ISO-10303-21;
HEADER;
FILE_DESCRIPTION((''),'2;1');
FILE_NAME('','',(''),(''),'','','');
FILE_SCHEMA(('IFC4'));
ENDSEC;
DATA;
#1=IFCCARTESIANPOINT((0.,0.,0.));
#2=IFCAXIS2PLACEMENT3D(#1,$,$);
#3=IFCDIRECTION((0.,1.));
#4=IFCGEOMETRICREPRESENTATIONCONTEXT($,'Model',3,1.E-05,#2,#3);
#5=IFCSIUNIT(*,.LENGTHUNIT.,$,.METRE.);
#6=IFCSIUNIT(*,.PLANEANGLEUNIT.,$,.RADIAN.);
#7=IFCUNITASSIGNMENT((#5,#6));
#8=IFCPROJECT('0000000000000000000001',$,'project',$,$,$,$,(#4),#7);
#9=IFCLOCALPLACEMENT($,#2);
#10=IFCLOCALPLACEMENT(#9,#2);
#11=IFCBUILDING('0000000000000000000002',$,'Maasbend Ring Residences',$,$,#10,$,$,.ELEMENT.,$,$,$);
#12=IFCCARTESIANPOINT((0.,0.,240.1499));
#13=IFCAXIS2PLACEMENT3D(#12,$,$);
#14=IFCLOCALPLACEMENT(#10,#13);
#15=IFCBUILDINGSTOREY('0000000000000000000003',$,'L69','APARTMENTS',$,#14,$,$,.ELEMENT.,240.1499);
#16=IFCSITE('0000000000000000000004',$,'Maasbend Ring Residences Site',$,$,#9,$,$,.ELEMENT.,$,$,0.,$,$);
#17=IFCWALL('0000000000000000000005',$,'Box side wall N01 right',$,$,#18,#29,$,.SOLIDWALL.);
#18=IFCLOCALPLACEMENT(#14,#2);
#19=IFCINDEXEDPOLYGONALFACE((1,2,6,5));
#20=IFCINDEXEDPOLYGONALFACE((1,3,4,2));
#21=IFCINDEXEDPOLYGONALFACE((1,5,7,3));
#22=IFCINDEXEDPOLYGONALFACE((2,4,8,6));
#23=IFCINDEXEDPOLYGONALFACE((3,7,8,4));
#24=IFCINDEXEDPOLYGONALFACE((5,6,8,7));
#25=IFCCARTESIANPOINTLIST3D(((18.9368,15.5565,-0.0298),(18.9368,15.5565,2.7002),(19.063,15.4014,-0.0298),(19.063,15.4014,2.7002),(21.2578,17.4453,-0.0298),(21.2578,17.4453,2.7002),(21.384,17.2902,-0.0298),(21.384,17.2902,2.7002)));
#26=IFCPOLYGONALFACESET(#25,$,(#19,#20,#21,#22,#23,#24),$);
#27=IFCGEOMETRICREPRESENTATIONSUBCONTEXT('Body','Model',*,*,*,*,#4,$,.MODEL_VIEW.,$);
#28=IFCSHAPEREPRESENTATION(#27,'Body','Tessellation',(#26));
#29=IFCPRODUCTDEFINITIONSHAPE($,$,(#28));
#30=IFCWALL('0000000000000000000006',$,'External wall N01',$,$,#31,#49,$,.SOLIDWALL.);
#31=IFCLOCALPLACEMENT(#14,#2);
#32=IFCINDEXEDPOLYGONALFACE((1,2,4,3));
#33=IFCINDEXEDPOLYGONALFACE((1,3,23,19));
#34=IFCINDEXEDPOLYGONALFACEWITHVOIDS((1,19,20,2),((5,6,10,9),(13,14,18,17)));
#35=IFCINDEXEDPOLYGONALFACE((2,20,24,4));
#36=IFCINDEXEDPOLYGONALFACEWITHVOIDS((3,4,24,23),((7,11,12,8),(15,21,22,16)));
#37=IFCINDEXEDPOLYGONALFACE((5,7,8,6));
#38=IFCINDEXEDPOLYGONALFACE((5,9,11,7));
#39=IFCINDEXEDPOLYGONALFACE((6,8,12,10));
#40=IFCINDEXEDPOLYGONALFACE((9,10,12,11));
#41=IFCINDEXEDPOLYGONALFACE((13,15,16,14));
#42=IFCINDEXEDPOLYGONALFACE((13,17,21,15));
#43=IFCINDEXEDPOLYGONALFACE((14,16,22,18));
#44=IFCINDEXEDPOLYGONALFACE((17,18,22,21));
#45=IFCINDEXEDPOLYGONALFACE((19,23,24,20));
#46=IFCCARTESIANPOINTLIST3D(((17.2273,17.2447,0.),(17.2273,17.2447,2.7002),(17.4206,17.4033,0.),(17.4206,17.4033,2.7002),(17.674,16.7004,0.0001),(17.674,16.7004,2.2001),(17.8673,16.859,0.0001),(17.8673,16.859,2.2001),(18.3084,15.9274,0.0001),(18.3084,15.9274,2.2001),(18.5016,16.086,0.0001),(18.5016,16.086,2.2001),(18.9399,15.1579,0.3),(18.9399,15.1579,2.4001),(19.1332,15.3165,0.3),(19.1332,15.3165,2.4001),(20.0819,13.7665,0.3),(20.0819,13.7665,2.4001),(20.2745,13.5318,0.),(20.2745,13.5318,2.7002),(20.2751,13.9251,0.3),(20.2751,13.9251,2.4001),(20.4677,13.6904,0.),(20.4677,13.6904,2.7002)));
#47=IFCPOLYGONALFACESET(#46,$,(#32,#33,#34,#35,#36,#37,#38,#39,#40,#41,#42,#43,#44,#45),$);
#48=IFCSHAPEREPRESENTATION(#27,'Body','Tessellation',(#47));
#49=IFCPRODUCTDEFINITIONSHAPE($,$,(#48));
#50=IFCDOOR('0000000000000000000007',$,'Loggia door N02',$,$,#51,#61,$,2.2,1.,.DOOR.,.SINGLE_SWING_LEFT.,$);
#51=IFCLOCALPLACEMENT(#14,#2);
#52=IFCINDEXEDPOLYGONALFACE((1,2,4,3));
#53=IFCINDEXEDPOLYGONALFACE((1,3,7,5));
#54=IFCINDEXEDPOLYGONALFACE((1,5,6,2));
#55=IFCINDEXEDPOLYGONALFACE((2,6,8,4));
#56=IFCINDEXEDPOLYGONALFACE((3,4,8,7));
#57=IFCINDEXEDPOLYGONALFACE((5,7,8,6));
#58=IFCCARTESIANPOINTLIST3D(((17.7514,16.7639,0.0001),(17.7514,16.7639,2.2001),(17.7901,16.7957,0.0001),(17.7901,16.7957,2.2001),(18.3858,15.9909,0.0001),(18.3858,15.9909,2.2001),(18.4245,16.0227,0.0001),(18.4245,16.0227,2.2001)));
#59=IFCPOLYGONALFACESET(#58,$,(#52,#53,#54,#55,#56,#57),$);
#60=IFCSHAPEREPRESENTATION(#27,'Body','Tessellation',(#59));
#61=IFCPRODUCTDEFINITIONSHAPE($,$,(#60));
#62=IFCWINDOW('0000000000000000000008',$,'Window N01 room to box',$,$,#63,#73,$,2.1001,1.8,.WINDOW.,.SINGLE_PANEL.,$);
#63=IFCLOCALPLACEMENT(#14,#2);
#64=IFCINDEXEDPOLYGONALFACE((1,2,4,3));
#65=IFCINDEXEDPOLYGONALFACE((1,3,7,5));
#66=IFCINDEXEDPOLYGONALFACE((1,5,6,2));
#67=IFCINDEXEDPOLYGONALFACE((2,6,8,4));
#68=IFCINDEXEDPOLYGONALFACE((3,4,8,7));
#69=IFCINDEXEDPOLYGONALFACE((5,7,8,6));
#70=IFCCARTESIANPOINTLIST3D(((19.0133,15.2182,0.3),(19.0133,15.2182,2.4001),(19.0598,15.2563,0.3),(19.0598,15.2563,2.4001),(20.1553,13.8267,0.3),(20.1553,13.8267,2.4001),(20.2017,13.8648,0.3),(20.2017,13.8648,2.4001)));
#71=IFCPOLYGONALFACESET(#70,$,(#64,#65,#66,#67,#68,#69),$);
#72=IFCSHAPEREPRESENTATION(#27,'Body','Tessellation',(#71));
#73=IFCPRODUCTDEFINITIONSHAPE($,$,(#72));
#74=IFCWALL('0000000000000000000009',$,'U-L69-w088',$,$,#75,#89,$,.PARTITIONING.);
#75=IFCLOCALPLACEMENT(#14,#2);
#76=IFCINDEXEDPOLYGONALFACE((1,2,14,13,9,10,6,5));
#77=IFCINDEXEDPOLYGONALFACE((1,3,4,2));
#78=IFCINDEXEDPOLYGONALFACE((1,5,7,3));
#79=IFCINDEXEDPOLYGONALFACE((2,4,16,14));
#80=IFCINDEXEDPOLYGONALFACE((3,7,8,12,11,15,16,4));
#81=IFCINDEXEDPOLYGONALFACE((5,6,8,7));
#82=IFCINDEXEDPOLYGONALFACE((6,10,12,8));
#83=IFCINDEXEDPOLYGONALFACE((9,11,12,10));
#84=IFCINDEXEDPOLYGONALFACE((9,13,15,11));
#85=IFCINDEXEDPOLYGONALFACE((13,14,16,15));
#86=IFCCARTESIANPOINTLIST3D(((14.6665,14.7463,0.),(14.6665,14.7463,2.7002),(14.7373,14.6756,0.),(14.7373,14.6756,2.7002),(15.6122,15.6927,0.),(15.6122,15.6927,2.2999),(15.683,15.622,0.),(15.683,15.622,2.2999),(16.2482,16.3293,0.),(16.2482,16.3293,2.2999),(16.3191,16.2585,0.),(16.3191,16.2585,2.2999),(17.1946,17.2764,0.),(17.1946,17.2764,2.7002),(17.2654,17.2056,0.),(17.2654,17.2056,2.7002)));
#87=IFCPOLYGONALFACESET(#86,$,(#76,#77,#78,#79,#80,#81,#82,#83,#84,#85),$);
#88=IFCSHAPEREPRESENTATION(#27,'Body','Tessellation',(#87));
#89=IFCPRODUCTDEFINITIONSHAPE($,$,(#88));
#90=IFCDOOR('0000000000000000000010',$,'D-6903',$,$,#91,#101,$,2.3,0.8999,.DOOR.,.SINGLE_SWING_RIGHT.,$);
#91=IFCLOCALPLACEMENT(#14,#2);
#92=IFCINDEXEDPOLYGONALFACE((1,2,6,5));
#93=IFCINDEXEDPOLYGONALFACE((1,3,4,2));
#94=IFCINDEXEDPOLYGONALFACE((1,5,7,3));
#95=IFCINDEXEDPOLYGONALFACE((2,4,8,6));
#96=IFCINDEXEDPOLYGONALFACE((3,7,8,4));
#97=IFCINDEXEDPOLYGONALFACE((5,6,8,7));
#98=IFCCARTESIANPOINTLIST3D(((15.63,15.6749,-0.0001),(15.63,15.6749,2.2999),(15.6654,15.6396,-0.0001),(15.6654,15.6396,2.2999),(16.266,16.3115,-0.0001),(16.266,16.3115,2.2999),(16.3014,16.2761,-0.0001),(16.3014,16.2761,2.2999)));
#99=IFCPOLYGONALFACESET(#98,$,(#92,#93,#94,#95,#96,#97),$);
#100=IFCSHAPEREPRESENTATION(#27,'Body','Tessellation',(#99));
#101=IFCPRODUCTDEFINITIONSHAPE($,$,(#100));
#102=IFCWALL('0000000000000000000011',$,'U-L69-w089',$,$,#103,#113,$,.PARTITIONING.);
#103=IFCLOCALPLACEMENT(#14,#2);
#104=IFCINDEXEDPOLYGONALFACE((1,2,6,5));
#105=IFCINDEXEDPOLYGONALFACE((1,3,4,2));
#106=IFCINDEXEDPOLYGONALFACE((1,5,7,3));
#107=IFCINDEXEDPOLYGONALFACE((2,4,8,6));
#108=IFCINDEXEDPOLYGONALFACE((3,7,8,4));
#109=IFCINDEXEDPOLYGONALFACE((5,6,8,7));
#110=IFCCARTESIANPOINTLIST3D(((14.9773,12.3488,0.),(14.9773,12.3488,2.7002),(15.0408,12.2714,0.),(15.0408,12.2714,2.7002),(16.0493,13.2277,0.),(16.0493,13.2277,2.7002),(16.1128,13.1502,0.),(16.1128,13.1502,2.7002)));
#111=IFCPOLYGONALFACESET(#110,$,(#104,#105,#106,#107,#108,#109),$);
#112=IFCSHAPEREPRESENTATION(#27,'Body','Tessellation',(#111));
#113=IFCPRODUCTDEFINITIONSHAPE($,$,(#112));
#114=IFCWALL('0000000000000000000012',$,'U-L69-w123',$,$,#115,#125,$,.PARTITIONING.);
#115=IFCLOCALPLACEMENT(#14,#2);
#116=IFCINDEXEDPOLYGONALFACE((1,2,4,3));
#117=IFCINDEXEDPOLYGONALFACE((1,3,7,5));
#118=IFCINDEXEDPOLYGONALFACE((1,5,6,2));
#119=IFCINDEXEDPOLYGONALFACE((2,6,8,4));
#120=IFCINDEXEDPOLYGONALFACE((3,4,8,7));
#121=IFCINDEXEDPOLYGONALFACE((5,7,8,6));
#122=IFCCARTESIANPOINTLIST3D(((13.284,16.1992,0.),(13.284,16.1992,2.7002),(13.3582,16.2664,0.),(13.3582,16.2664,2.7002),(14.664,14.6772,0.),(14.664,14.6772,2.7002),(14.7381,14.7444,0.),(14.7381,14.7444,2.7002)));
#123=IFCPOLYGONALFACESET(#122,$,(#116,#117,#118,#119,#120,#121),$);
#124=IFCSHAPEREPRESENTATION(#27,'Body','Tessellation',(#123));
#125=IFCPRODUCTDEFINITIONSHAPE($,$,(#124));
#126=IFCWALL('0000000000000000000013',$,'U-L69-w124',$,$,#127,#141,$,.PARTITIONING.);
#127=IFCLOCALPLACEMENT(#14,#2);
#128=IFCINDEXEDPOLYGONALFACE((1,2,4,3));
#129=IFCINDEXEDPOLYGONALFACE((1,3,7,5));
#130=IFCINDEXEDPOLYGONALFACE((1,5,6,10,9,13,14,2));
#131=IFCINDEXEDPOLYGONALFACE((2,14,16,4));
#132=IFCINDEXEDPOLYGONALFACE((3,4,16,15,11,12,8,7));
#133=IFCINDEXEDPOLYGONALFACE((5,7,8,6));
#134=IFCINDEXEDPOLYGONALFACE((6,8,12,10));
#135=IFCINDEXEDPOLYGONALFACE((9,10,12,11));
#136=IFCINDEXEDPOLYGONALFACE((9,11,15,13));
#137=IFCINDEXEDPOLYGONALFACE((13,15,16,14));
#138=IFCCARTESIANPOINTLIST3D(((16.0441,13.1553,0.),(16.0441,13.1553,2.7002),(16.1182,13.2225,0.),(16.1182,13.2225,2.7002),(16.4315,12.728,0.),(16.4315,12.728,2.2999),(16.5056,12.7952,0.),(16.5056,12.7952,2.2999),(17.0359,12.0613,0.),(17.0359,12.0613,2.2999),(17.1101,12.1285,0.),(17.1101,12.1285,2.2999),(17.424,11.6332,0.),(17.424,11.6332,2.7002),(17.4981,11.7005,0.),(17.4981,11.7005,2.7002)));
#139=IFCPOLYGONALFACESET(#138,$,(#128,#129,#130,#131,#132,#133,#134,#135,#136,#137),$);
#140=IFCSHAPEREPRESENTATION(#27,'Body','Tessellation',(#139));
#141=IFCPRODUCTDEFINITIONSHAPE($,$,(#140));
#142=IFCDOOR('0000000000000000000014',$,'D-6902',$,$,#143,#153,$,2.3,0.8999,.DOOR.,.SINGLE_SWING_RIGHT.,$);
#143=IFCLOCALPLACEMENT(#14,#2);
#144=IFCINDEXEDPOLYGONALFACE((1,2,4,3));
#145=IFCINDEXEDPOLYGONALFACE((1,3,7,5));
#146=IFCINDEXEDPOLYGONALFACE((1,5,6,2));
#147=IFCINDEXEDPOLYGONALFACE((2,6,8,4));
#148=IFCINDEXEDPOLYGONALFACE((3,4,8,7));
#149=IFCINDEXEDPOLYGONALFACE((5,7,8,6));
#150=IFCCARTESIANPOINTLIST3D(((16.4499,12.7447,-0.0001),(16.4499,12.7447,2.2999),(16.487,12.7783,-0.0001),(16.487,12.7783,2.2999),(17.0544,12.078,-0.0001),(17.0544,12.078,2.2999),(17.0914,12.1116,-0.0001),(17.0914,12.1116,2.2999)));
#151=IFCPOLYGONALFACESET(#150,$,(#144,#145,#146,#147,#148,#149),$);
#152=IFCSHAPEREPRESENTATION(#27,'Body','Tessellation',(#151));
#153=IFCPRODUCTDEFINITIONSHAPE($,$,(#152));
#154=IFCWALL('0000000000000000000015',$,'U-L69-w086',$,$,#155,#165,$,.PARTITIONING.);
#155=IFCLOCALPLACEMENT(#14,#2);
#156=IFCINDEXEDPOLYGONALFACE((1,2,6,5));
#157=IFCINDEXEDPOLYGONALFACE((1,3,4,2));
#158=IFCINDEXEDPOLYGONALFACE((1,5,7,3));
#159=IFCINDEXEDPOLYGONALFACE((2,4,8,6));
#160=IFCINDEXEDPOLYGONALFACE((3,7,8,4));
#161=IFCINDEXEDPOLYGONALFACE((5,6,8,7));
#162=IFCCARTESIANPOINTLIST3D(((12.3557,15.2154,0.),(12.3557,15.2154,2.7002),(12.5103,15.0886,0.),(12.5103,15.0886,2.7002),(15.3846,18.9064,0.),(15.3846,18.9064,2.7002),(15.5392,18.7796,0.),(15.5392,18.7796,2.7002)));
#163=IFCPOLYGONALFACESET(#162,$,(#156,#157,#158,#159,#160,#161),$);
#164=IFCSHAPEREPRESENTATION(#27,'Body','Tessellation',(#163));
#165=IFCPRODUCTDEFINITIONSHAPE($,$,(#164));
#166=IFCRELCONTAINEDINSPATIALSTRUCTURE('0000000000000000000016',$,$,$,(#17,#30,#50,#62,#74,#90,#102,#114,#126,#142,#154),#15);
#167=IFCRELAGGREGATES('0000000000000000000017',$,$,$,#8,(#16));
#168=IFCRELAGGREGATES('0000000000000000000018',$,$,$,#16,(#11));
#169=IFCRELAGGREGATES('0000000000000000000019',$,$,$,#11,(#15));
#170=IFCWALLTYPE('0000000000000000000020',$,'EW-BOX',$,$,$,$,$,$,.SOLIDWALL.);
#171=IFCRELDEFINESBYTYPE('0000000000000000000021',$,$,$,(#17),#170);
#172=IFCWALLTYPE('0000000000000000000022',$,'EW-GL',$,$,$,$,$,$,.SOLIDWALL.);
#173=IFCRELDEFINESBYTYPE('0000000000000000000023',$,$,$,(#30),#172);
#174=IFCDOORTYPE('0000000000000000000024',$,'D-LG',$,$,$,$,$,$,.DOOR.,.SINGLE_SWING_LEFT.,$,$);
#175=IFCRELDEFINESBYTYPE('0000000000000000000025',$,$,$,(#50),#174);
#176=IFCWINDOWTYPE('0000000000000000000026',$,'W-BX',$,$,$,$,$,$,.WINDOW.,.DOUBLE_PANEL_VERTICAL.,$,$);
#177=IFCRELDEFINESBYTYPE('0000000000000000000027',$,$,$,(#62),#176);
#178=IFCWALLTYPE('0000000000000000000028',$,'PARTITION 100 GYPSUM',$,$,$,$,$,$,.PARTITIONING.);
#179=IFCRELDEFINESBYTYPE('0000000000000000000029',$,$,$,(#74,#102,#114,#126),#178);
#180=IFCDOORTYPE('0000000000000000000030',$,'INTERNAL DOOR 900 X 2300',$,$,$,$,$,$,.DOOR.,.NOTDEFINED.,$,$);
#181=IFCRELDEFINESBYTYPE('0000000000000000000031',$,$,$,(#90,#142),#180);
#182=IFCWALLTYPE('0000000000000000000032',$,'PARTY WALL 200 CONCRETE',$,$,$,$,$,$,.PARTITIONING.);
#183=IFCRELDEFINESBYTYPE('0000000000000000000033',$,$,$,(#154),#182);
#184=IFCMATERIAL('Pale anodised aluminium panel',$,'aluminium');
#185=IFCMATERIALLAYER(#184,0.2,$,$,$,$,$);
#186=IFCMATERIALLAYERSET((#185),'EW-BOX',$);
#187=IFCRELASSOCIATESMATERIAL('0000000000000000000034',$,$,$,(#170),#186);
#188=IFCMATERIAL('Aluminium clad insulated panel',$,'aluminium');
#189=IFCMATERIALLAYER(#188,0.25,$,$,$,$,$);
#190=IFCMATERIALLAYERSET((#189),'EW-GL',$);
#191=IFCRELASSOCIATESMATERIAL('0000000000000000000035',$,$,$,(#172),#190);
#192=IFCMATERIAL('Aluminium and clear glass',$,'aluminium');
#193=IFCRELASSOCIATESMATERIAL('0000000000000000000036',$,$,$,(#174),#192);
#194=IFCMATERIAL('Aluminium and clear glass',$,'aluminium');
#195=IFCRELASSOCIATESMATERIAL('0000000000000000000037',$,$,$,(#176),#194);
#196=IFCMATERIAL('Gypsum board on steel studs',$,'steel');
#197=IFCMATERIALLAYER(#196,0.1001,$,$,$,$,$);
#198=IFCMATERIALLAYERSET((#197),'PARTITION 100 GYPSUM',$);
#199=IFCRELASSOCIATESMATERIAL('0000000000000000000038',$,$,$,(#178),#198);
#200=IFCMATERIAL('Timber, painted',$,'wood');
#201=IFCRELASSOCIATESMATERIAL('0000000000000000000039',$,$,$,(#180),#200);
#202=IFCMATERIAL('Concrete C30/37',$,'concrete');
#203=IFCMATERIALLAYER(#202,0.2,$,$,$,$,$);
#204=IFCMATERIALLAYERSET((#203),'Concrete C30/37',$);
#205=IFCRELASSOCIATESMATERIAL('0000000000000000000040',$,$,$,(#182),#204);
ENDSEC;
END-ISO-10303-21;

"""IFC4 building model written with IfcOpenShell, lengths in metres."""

from ifc_helpers import new_model, si_unit, direction, frame, frame_2d, origin, place, context, subcontext, project, spatial, rectangle, extrude, material, layer, layer_set, type_object, element, fill, save


model = new_model("IFC4")

# Units and contexts
model_context = context("Model", 3, precision=1e-05, world=origin(), true_north=direction((0.0, 1.0)))
body_context = subcontext(model_context, "Body", "Model", "MODEL_VIEW")
ifc_project = project(units=[si_unit("LENGTHUNIT", "METRE"), si_unit("PLANEANGLEUNIT", "RADIAN")], contexts=[model_context])

# Site, building, storey
site_placement = place(None, origin())
site = spatial("IfcSite", under=ifc_project, at=site_placement, Name="Maasbend Ring Residences Site", CompositionType="ELEMENT", RefElevation=0.0)
building_placement = place(site_placement, origin())
building = spatial("IfcBuilding", under=site, at=building_placement, Name="Maasbend Ring Residences", CompositionType="ELEMENT")
storey_placement = place(building_placement, frame((0.0, 0.0, 240.1499)))
storey = spatial("IfcBuildingStorey", under=building, at=storey_placement, Name="L69", Description="APARTMENTS", CompositionType="ELEMENT", Elevation=240.1499)

# Shared definitions
ifc_material_1 = material(Name="Pale anodised aluminium panel", Category="aluminium")
ifc_layer_1 = layer(ifc_material_1, 0.2)
ifc_layer_set_1 = layer_set([ifc_layer_1], Name="EW-BOX")
wall_type_1 = type_object("IfcWallType", Name="EW-BOX", PredefinedType="SOLIDWALL", material=ifc_layer_set_1)

# Wall
wall_1_placement = place(storey_placement, frame((19.0, 15.479, -0.0298), z_axis=(0.0, 0.0, 1.0), x_axis=(0.775612, 0.63121, 0.0)))
element("IfcWall", 1, at=wall_1_placement, inside=storey, type_object=wall_type_1, Name="Box side wall N01 right", PredefinedType="SOLIDWALL", context=body_context, shape_type="SweptSolid", body=[
    extrude(rectangle(XDim=2.9924, YDim=0.2, at=frame_2d((1.4961, 0.0))), origin(), (0.0, 0.0, 1.0), 2.73),
])

# Wall, openings, door, window
ifc_material_2 = material(Name="Aluminium clad insulated panel", Category="aluminium")
ifc_layer_2 = layer(ifc_material_2, 0.25)
ifc_layer_set_2 = layer_set([ifc_layer_2], Name="EW-GL")
wall_type_2 = type_object("IfcWallType", Name="EW-GL", PredefinedType="SOLIDWALL", material=ifc_layer_set_2)
wall_2_placement = place(storey_placement, frame((20.3711, 13.6111, 0.0), z_axis=(0.0, 0.0, 1.0), x_axis=(-0.634397, 0.773008, 0.0)))
wall_2 = element("IfcWall", 2, at=wall_2_placement, inside=storey, type_object=wall_type_2, Name="External wall N01", PredefinedType="SOLIDWALL", context=body_context, shape_type="SweptSolid", body=[
    extrude(rectangle(XDim=4.8032, YDim=0.25, at=frame_2d((2.4016, 0.0))), origin(), (0.0, 0.0, 1.0), 2.7002),
])
opening_1_placement = place(wall_2_placement, frame((0.3037, 0.0, 0.3)))
opening_1 = element("IfcOpeningElement", 3, at=opening_1_placement, cuts=wall_2, PredefinedType="OPENING", context=body_context, shape_type="SweptSolid", body=[
    extrude(rectangle(XDim=1.8, YDim=2.1001, at=frame_2d((0.8999, 1.05))), frame((0.0, 0.135, 0.0), z_axis=(0.0, -1.0, 0.0), x_axis=(1.0, 0.0, 0.0)), (0.0, 0.0, 1.0), 0.27),
])
opening_2_placement = place(wall_2_placement, frame((3.0991, 0.0, 0.0)))
opening_2 = element("IfcOpeningElement", 4, at=opening_2_placement, cuts=wall_2, PredefinedType="OPENING", context=body_context, shape_type="SweptSolid", body=[
    extrude(rectangle(XDim=1.0, YDim=2.2, at=frame_2d((0.5, 1.1001))), frame((0.0, 0.135, 0.0), z_axis=(0.0, -1.0, 0.0), x_axis=(1.0, 0.0, 0.0)), (0.0, 0.0, 1.0), 0.27),
])
ifc_material_3 = material(Name="Aluminium and clear glass", Category="aluminium")
door_type_1 = type_object("IfcDoorType", Name="D-LG", OperationType="SINGLE_SWING_LEFT", PredefinedType="DOOR", material=ifc_material_3)
door_1_placement = place(opening_2_placement, origin())
door_1 = element("IfcDoor", 5, at=door_1_placement, inside=storey, type_object=door_type_1, Name="Loggia door N02", OperationType="SINGLE_SWING_LEFT", OverallHeight=2.2, OverallWidth=1.0, PredefinedType="DOOR", context=body_context, shape_type="SweptSolid", body=[
    extrude(rectangle(XDim=1.0, YDim=2.2, at=frame_2d((0.5, 1.1001))), frame((0.0, 0.0249, 0.0), z_axis=(0.0, -1.0, 0.0), x_axis=(1.0, 0.0, 0.0)), (0.0, 0.0, 1.0), 0.05),
])
fill(opening_2, door_1)
ifc_material_4 = material(Name="Aluminium and clear glass", Category="aluminium")
window_type_1 = type_object("IfcWindowType", Name="W-BX", PartitioningType="DOUBLE_PANEL_VERTICAL", PredefinedType="WINDOW", material=ifc_material_4)
window_1_placement = place(opening_1_placement, origin())
window_1 = element("IfcWindow", 6, at=window_1_placement, inside=storey, type_object=window_type_1, Name="Window N01 room to box", OverallHeight=2.1001, OverallWidth=1.8, PartitioningType="SINGLE_PANEL", PredefinedType="WINDOW", context=body_context, shape_type="SweptSolid", body=[
    extrude(rectangle(XDim=1.8, YDim=2.1001, at=frame_2d((0.8999, 1.05))), frame((0.0, 0.03, 0.0), z_axis=(0.0, -1.0, 0.0), x_axis=(1.0, 0.0, 0.0)), (0.0, 0.0, 1.0), 0.0601),
])
fill(opening_1, window_1)

# Wall, opening, door
ifc_material_5 = material(Name="Gypsum board on steel studs", Category="steel")
ifc_layer_3 = layer(ifc_material_5, 0.1001)
ifc_layer_set_3 = layer_set([ifc_layer_3], Name="PARTITION 100 GYPSUM")
wall_type_3 = type_object("IfcWallType", Name="PARTITION 100 GYPSUM", PredefinedType="PARTITIONING", material=ifc_layer_set_3)
wall_3_placement = place(storey_placement, frame((14.7019, 14.7109, 0.0), z_axis=(0.0, 0.0, 1.0), x_axis=(0.706834, 0.70738, 0.0)))
wall_3 = element("IfcWall", 7, at=wall_3_placement, inside=storey, type_object=wall_type_3, Name="U-L69-w088", PredefinedType="PARTITIONING", context=body_context, shape_type="SweptSolid", body=[
    extrude(rectangle(XDim=3.5767, YDim=0.1001, at=frame_2d((1.7883, 0.0))), origin(), (0.0, 0.0, 1.0), 2.7002),
])
opening_3_placement = place(wall_3_placement, frame((1.3379, 0.0, 0.0)))
opening_3 = element("IfcOpeningElement", 8, at=opening_3_placement, cuts=wall_3, PredefinedType="OPENING", context=body_context, shape_type="SweptSolid", body=[
    extrude(rectangle(XDim=0.8999, YDim=2.3, at=frame_2d((0.45, 1.1499))), frame((0.0, 0.0601, 0.0), z_axis=(0.0, -1.0, 0.0), x_axis=(1.0, 0.0, 0.0)), (0.0, 0.0, 1.0), 0.1201),
])
ifc_material_6 = material(Name="Timber, painted", Category="wood")
door_type_2 = type_object("IfcDoorType", Name="INTERNAL DOOR 900 X 2300", OperationType="NOTDEFINED", PredefinedType="DOOR", material=ifc_material_6)
door_2_placement = place(opening_3_placement, origin())
door_2 = element("IfcDoor", 9, at=door_2_placement, inside=storey, type_object=door_type_2, Name="D-6903", OperationType="SINGLE_SWING_RIGHT", OverallHeight=2.3, OverallWidth=0.8999, PredefinedType="DOOR", context=body_context, shape_type="SweptSolid", body=[
    extrude(rectangle(XDim=0.8999, YDim=2.3, at=frame_2d((0.45, 1.1499))), frame((0.0, 0.0249, 0.0), z_axis=(0.0, -1.0, 0.0), x_axis=(1.0, 0.0, 0.0)), (0.0, 0.0, 1.0), 0.05),
])
fill(opening_3, door_2)

# Walls
wall_4_placement = place(storey_placement, frame((15.009, 12.3101, 0.0), z_axis=(0.0, 0.0, 1.0), x_axis=(0.773321, 0.634014, 0.0)))
element("IfcWall", 10, at=wall_4_placement, inside=storey, type_object=wall_type_3, Name="U-L69-w089", PredefinedType="PARTITIONING", context=body_context, shape_type="SweptSolid", body=[
    extrude(rectangle(XDim=1.3862, YDim=0.1001, at=frame_2d((0.6931, 0.0))), origin(), (0.0, 0.0, 1.0), 2.7002),
])
wall_5_placement = place(storey_placement, frame((13.321, 16.2329, 0.0), z_axis=(0.0, 0.0, 1.0), x_axis=(0.671678, -0.740843, 0.0)))
element("IfcWall", 11, at=wall_5_placement, inside=storey, type_object=wall_type_3, Name="U-L69-w123", PredefinedType="PARTITIONING", context=body_context, shape_type="SweptSolid", body=[
    extrude(rectangle(XDim=2.0544, YDim=0.1001, at=frame_2d((1.0273, 0.0))), origin(), (0.0, 0.0, 1.0), 2.7002),
])

# Wall, opening, door
wall_6_placement = place(storey_placement, frame((16.0811, 13.189, 0.0), z_axis=(0.0, 0.0, 1.0), x_axis=(0.671678, -0.740843, 0.0)))
wall_6 = element("IfcWall", 12, at=wall_6_placement, inside=storey, type_object=wall_type_3, Name="U-L69-w124", PredefinedType="PARTITIONING", context=body_context, shape_type="SweptSolid", body=[
    extrude(rectangle(XDim=2.0544, YDim=0.1001, at=frame_2d((1.0273, 0.0))), origin(), (0.0, 0.0, 1.0), 2.7002),
])
opening_4_placement = place(wall_6_placement, frame((0.5769, 0.0, 0.0)))
opening_4 = element("IfcOpeningElement", 13, at=opening_4_placement, cuts=wall_6, PredefinedType="OPENING", context=body_context, shape_type="SweptSolid", body=[
    extrude(rectangle(XDim=0.8999, YDim=2.3, at=frame_2d((0.45, 1.1499))), frame((0.0, 0.0601, 0.0), z_axis=(0.0, -1.0, 0.0), x_axis=(1.0, 0.0, 0.0)), (0.0, 0.0, 1.0), 0.1201),
])
door_3_placement = place(opening_4_placement, origin())
door_3 = element("IfcDoor", 14, at=door_3_placement, inside=storey, type_object=door_type_2, Name="D-6902", OperationType="SINGLE_SWING_RIGHT", OverallHeight=2.3, OverallWidth=0.8999, PredefinedType="DOOR", context=body_context, shape_type="SweptSolid", body=[
    extrude(rectangle(XDim=0.8999, YDim=2.3, at=frame_2d((0.45, 1.1499))), frame((0.0, 0.0249, 0.0), z_axis=(0.0, -1.0, 0.0), x_axis=(1.0, 0.0, 0.0)), (0.0, 0.0, 1.0), 0.05),
])
fill(opening_4, door_3)

# Wall
ifc_material_7 = material(Name="Concrete C30/37", Category="concrete")
ifc_layer_4 = layer(ifc_material_7, 0.2)
ifc_layer_set_4 = layer_set([ifc_layer_4], Name="Concrete C30/37")
wall_type_4 = type_object("IfcWallType", Name="PARTY WALL 200 CONCRETE", PredefinedType="PARTITIONING", material=ifc_layer_set_4)
wall_7_placement = place(storey_placement, frame((12.4331, 15.1521, 0.0), z_axis=(0.0, 0.0, 1.0), x_axis=(0.634362, 0.773036, 0.0)))
element("IfcWall", 15, at=wall_7_placement, inside=storey, type_object=wall_type_4, Name="U-L69-w086", PredefinedType="PARTITIONING", context=body_context, shape_type="SweptSolid", body=[
    extrude(rectangle(XDim=4.7747, YDim=0.2, at=frame_2d((2.3872, 0.0))), origin(), (0.0, 0.0, 1.0), 2.7002),
])

save(model, "model.ifc")
